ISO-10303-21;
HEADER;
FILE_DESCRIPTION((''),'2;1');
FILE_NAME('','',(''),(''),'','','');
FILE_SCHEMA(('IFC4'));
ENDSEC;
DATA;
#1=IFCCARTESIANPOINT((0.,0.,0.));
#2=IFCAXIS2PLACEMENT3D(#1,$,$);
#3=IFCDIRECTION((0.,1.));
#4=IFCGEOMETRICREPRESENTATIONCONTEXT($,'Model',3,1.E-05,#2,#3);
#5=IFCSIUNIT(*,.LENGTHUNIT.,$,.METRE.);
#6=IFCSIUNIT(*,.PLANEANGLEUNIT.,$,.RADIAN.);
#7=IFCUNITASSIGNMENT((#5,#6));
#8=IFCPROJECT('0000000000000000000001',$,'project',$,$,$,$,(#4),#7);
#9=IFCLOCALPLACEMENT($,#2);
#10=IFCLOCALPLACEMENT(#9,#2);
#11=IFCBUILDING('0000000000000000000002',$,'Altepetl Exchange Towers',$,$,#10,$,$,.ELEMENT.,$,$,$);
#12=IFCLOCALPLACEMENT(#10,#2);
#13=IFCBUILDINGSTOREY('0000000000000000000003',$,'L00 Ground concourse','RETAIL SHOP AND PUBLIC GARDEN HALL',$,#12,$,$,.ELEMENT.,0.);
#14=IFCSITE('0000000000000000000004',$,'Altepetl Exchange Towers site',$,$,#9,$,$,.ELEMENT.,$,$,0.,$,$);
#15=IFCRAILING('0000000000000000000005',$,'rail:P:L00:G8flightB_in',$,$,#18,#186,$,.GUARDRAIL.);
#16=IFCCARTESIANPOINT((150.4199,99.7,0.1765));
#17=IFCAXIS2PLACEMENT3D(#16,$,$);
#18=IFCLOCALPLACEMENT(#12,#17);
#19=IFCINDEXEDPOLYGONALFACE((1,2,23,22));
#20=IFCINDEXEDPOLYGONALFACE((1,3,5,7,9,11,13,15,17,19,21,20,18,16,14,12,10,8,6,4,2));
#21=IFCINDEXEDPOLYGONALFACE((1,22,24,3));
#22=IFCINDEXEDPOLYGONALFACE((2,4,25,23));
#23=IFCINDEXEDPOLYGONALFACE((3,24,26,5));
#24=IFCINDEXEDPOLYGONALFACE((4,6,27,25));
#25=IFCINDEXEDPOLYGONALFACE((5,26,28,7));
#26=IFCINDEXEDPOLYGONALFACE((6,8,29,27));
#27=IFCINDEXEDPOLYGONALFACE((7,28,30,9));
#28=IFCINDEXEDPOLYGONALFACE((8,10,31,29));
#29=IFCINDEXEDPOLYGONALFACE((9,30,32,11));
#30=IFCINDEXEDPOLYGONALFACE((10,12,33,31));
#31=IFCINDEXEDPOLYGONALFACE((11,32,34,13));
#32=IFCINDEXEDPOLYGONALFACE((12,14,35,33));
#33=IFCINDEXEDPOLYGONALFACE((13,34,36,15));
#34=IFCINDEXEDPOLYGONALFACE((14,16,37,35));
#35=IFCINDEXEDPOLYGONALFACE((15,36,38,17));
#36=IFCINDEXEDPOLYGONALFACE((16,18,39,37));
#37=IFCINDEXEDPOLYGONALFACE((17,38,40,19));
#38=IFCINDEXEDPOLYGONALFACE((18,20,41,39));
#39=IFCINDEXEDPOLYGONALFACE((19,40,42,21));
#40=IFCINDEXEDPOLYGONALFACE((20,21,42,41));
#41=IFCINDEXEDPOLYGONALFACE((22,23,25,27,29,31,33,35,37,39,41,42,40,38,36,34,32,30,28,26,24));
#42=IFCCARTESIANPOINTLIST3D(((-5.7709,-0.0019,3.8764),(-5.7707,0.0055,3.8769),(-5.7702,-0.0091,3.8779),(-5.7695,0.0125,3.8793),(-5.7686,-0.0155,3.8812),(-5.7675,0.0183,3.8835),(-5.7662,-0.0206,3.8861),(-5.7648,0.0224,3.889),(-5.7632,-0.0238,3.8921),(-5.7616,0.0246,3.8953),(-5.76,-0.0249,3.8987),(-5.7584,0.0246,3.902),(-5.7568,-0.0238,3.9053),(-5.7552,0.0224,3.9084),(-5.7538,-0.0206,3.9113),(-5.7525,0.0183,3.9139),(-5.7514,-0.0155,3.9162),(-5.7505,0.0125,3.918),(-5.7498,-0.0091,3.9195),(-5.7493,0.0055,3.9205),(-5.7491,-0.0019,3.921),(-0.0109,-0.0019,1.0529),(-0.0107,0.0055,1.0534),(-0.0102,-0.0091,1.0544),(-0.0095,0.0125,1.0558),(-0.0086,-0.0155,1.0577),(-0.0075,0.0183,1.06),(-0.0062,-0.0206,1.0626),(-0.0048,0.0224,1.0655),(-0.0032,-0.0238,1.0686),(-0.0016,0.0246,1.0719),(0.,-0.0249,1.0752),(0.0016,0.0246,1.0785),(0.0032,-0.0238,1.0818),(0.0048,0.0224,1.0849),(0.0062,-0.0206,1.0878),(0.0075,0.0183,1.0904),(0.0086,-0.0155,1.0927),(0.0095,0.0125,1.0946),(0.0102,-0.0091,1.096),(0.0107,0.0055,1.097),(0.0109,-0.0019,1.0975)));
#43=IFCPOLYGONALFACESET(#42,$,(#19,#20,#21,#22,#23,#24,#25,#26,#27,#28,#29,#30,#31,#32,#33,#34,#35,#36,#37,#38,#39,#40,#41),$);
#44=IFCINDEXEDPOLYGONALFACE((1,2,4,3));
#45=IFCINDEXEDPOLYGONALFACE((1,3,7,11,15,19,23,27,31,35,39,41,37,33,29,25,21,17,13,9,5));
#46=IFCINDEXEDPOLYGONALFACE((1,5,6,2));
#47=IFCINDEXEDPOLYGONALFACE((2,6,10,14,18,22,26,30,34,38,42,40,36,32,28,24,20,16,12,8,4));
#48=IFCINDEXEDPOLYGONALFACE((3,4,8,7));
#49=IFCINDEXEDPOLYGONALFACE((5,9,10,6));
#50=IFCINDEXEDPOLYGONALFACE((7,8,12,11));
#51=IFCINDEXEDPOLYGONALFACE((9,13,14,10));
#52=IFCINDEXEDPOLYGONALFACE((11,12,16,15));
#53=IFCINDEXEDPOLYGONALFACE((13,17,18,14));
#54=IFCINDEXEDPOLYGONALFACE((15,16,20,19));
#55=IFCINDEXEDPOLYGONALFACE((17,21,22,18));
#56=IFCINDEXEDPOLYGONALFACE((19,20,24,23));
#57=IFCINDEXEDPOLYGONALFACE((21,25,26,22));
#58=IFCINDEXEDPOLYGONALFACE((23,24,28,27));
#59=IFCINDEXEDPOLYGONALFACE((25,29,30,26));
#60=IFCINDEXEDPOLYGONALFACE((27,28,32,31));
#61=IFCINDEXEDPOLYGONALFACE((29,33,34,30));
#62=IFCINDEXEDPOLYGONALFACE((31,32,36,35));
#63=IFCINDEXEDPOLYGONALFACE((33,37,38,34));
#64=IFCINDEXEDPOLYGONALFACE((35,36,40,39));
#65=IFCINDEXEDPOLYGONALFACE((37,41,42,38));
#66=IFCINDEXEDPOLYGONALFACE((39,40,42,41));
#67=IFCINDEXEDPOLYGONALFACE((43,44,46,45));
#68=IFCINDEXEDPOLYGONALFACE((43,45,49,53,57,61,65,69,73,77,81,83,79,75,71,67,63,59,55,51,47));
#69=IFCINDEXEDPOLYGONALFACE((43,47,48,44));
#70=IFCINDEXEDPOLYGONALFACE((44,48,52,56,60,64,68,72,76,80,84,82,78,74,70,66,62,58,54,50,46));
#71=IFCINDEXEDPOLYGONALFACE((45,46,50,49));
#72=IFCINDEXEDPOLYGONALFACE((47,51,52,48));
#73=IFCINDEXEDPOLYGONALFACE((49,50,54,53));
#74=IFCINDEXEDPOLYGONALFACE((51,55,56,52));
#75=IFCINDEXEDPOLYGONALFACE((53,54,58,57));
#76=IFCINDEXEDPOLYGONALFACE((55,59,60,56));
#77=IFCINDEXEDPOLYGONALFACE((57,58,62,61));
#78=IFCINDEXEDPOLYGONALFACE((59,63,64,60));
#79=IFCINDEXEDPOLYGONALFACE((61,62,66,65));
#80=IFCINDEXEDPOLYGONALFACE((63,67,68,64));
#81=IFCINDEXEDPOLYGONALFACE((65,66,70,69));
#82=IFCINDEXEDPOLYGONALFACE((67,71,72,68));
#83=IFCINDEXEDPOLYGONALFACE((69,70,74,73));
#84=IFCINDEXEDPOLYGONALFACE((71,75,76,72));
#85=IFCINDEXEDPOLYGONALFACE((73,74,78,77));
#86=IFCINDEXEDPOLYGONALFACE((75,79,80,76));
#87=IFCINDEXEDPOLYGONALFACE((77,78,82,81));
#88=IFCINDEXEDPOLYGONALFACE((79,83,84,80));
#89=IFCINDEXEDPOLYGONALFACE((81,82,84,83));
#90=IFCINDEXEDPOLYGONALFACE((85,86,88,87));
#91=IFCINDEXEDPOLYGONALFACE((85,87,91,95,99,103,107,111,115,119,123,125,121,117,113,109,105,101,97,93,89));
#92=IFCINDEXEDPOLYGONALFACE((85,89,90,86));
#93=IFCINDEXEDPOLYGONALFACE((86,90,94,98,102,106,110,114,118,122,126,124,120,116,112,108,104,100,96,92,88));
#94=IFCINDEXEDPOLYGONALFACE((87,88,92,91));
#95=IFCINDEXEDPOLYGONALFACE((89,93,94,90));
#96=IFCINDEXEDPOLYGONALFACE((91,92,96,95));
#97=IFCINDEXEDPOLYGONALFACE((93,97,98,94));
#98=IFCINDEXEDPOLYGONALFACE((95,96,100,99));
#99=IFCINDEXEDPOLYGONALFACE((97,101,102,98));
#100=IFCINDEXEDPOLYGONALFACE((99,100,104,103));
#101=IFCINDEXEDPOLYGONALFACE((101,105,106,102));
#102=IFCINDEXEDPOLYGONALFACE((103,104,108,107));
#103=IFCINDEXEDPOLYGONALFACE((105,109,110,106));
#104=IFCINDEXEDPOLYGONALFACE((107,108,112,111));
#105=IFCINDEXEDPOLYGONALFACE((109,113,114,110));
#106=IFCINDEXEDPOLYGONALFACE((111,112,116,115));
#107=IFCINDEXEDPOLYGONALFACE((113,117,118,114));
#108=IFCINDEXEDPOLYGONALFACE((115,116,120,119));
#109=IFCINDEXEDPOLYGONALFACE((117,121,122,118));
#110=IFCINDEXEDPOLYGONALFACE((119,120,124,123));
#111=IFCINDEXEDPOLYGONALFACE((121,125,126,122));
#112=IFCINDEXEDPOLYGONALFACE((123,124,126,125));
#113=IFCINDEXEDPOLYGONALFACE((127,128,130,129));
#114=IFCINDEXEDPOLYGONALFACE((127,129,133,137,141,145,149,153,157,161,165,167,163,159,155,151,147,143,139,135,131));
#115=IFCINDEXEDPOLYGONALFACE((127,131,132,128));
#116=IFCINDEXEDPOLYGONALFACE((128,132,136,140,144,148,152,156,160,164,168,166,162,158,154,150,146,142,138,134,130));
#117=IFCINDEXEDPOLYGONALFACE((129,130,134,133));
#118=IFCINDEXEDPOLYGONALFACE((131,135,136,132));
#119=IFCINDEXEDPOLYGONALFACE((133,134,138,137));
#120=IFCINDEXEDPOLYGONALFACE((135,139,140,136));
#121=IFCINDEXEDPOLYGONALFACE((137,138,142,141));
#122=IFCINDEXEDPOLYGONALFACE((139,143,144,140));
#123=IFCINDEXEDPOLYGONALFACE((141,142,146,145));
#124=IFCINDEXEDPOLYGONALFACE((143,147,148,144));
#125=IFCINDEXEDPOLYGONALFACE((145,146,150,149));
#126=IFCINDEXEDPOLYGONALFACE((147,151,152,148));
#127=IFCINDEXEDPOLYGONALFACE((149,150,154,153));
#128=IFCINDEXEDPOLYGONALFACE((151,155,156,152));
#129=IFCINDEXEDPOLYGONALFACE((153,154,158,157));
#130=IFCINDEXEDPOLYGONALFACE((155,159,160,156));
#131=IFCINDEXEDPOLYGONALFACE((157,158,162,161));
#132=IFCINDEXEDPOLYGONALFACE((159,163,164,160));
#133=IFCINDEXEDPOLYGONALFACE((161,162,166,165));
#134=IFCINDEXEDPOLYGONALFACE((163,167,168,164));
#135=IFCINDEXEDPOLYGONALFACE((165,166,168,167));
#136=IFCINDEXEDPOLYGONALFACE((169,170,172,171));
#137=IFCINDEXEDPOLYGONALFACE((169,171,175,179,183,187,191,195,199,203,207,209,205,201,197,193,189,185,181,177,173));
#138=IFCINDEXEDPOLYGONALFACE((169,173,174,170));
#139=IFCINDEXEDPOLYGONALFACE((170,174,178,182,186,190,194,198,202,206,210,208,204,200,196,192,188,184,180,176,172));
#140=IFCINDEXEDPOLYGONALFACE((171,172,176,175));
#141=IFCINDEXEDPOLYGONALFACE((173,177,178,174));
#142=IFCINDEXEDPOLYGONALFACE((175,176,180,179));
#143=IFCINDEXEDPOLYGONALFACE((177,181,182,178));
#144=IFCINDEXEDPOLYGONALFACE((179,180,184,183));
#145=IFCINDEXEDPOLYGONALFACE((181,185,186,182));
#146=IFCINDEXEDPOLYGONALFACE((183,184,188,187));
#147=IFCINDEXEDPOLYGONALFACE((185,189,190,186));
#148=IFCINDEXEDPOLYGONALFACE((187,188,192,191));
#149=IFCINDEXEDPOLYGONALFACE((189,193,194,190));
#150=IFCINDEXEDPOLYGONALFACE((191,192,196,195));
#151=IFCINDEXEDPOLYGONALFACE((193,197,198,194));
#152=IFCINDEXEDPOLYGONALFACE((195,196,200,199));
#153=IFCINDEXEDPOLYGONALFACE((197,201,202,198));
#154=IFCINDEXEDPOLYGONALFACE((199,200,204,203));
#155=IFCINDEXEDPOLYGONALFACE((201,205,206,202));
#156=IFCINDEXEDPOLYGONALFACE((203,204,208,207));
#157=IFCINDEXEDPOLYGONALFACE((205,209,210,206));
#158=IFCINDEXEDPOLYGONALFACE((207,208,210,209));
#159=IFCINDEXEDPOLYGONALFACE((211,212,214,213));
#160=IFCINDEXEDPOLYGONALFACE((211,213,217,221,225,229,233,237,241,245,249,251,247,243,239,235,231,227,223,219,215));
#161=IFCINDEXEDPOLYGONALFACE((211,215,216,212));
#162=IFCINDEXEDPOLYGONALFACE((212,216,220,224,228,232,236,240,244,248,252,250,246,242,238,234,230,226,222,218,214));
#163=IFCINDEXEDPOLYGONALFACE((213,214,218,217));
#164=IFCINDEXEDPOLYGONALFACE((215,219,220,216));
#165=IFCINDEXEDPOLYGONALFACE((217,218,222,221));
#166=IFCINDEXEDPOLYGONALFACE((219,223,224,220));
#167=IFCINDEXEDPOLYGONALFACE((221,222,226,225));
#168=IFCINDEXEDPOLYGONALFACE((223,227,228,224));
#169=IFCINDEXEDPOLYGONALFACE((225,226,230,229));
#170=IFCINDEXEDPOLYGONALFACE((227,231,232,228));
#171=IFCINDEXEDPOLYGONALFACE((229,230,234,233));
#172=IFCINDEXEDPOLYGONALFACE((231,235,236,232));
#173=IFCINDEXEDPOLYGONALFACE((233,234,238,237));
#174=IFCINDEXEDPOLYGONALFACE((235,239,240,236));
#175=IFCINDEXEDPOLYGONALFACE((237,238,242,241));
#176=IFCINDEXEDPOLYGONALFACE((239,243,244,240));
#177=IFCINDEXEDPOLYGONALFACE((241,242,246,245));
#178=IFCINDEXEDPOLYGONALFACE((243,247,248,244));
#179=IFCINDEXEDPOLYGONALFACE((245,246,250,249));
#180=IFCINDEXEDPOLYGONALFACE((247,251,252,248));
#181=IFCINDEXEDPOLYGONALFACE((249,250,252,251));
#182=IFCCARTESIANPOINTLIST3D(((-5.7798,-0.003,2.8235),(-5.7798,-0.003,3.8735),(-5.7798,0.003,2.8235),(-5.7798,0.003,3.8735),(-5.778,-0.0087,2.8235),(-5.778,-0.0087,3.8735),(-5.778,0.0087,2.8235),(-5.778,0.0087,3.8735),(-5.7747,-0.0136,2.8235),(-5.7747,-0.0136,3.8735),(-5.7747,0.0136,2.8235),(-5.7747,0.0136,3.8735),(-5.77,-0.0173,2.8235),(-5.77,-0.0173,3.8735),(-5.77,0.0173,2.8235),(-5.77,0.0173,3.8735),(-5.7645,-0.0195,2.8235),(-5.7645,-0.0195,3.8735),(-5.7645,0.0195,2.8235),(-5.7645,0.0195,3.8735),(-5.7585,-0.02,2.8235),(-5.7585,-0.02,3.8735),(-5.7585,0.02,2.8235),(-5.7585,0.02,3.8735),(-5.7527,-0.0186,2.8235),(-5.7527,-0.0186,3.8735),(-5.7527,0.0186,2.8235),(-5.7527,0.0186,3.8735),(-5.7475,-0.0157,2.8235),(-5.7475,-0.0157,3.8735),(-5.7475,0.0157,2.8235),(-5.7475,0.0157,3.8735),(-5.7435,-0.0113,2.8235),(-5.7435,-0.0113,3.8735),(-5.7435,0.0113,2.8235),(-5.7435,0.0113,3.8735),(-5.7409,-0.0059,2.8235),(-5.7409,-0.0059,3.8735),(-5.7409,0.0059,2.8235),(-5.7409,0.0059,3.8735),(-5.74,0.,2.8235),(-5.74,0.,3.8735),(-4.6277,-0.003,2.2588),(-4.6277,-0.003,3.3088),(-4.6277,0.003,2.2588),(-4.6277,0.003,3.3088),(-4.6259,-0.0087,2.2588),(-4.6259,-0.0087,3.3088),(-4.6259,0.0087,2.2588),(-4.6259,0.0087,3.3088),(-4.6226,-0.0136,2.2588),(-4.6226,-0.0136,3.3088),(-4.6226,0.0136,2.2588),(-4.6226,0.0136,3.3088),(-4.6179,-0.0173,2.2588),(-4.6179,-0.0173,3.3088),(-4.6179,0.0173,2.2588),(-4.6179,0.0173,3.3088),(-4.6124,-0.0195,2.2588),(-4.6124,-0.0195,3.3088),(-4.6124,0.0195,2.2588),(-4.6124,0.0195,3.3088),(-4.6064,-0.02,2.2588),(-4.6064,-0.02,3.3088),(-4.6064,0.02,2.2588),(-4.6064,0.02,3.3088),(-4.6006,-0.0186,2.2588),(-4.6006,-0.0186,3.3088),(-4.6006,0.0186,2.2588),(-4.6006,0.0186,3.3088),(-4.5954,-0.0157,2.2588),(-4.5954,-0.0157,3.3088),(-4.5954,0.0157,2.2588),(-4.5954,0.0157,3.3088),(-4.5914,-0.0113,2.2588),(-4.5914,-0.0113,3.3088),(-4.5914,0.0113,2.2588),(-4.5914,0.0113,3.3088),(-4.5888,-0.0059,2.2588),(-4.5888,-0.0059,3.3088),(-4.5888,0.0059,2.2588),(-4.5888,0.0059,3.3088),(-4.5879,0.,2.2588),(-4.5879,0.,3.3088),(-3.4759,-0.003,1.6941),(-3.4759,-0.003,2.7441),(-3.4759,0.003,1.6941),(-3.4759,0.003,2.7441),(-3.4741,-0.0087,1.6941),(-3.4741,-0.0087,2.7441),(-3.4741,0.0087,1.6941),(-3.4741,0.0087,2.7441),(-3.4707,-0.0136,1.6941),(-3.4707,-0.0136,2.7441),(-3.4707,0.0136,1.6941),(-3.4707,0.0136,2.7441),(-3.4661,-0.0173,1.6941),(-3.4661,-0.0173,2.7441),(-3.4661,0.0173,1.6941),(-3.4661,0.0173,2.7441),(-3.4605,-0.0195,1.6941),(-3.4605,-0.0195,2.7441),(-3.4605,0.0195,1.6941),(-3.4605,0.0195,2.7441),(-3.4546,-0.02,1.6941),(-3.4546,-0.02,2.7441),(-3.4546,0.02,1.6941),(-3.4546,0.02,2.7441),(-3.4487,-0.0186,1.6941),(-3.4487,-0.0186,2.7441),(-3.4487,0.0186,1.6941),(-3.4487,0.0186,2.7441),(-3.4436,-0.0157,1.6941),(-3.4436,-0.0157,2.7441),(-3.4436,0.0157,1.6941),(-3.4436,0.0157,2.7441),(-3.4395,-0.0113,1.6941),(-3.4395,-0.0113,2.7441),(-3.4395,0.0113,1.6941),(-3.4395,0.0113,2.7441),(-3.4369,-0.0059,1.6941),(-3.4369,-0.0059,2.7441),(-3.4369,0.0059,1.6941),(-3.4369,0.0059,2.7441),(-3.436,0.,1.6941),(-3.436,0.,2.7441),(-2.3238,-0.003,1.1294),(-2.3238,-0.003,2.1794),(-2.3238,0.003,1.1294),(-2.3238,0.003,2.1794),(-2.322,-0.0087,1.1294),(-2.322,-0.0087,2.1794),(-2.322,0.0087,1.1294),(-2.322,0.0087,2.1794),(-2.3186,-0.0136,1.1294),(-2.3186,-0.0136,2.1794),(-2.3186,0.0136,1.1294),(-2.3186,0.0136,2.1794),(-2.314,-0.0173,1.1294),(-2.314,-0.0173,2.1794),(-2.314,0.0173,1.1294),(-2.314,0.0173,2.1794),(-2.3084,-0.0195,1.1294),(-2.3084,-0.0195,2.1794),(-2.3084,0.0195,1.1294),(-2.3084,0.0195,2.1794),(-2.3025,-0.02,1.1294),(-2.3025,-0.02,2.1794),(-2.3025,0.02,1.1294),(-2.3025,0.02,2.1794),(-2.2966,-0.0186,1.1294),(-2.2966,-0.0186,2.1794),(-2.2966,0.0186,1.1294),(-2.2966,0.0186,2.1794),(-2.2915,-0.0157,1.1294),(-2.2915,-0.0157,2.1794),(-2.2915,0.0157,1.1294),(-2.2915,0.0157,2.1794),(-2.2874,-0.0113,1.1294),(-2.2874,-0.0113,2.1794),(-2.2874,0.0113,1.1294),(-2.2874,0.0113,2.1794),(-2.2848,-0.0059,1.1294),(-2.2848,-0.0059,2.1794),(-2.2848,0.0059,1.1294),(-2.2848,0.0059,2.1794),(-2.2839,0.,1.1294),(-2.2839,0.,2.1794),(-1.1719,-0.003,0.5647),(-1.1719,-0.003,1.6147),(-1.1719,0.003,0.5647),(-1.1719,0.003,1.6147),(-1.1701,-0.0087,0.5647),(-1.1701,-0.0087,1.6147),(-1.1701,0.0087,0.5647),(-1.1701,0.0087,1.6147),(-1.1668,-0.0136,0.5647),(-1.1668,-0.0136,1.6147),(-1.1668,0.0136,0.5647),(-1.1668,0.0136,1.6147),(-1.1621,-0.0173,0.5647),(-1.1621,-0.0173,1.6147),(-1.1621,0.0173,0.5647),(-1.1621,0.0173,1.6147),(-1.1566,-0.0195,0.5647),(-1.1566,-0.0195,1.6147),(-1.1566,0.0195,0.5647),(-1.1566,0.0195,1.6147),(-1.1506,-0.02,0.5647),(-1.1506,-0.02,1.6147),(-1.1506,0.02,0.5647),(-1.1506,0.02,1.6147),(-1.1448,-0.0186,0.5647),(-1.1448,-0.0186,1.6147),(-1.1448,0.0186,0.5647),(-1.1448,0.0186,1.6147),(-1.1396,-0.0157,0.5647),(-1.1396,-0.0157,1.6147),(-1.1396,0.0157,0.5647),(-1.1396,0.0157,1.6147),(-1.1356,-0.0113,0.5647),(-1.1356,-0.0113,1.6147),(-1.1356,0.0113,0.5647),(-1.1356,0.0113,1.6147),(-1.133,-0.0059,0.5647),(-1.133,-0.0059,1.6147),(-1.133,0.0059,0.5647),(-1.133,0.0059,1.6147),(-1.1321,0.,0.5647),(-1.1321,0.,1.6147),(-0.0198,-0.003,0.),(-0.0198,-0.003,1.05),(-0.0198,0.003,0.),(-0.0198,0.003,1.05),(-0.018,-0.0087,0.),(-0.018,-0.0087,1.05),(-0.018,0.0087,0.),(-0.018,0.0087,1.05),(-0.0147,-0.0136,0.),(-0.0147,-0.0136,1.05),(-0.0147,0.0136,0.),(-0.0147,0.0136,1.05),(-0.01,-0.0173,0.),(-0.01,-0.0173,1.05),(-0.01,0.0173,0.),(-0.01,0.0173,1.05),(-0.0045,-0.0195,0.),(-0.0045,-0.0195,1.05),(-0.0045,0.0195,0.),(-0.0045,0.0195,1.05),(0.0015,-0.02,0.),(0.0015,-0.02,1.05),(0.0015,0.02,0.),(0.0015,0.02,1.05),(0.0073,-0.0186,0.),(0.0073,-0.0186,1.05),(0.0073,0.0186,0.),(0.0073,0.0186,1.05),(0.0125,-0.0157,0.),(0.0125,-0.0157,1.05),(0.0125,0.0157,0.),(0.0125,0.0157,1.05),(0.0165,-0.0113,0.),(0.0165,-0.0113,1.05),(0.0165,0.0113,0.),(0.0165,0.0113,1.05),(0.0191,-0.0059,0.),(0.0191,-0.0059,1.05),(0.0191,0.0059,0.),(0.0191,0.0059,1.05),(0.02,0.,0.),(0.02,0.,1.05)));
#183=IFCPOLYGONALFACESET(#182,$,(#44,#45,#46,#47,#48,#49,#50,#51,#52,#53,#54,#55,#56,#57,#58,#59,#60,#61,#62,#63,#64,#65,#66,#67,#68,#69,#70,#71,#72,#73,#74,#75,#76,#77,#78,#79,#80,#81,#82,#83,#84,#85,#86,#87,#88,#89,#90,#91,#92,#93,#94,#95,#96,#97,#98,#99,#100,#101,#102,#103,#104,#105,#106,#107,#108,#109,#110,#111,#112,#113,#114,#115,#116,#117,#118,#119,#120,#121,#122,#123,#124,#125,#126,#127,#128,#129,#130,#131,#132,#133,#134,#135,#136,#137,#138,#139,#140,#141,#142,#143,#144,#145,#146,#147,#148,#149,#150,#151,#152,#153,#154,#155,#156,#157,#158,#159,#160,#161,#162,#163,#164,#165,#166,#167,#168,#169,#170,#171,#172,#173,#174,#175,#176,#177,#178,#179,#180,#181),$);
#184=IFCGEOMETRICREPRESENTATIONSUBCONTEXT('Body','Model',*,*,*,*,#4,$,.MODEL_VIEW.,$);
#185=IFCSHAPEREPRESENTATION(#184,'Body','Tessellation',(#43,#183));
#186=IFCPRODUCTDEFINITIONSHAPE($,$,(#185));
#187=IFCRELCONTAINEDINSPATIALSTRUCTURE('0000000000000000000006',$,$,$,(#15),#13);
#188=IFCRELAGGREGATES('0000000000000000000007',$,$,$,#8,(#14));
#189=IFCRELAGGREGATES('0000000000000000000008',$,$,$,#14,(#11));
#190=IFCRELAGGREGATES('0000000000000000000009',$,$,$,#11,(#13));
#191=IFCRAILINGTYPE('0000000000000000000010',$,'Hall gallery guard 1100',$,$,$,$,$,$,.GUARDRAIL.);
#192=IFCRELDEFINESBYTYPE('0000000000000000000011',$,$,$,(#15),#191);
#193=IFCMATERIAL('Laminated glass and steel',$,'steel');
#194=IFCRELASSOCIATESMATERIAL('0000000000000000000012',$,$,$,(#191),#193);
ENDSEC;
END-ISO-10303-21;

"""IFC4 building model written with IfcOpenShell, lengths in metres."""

from ifc_helpers import new_model, si_unit, direction, frame, origin, origin_2d, place, context, subcontext, project, spatial, circle, extrude, source, transform, mapped, material, type_object, element, save


model = new_model("IFC4")

# Units and contexts
model_context = context("Model", 3, precision=1e-05, world=origin(), true_north=direction((0.0, 1.0)))
body_context = subcontext(model_context, "Body", "Model", "MODEL_VIEW")
ifc_project = project(units=[si_unit("LENGTHUNIT", "METRE"), si_unit("PLANEANGLEUNIT", "RADIAN")], contexts=[model_context])

# Site, building, storey
site_placement = place(None, origin())
site = spatial("IfcSite", under=ifc_project, at=site_placement, Name="Altepetl Exchange Towers site", CompositionType="ELEMENT", RefElevation=0.0)
building_placement = place(site_placement, origin())
building = spatial("IfcBuilding", under=site, at=building_placement, Name="Altepetl Exchange Towers", CompositionType="ELEMENT")
storey_placement = place(building_placement, origin())
storey = spatial("IfcBuildingStorey", under=building, at=storey_placement, Name="L00 Ground concourse", Description="RETAIL SHOP AND PUBLIC GARDEN HALL", CompositionType="ELEMENT", Elevation=0.0)

# Railing
ifc_material_1 = material(Name="Laminated glass and steel", Category="steel")
railing_type_1 = type_object("IfcRailingType", Name="Hall gallery guard 1100", PredefinedType="GUARDRAIL", material=ifc_material_1)
shared_shape_1 = source(origin(), body_context, "Body", "SweptSolid", [
    extrude(circle(Radius=0.02, at=origin_2d()), origin(), (0.0, 0.0, 1.0), 1.05),
])
for number, where, name in (
    (1, (150.4199, 99.7, 0.1765), "rail:P:L00:G8flightB_in"),
):
    element("IfcRailing", number, at=place(storey_placement, frame(where)), inside=storey, type_object=railing_type_1, Name=name, PredefinedType="GUARDRAIL", context=body_context, shape_type="SweptSolid", body=[
        extrude(circle(Radius=0.0249, at=origin_2d()), frame((0.0, 0.0, 1.0752), z_axis=(-0.897924, 0.0, 0.440151), x_axis=(0.0, -1.0, 0.0)), (0.0, 0.0, 1.0), 6.4148),
        mapped(shared_shape_1, transform((0.0, 0.0, 0.0))),
        mapped(shared_shape_1, transform((-1.1521, 0.0, 0.5647))),
        mapped(shared_shape_1, transform((-2.304, 0.0, 1.1294))),
        mapped(shared_shape_1, transform((-3.4561, 0.0, 1.6941))),
        mapped(shared_shape_1, transform((-4.6079, 0.0, 2.2588))),
        mapped(shared_shape_1, transform((-5.76, 0.0, 2.8235))),
    ])

save(model, "model.ifc")
